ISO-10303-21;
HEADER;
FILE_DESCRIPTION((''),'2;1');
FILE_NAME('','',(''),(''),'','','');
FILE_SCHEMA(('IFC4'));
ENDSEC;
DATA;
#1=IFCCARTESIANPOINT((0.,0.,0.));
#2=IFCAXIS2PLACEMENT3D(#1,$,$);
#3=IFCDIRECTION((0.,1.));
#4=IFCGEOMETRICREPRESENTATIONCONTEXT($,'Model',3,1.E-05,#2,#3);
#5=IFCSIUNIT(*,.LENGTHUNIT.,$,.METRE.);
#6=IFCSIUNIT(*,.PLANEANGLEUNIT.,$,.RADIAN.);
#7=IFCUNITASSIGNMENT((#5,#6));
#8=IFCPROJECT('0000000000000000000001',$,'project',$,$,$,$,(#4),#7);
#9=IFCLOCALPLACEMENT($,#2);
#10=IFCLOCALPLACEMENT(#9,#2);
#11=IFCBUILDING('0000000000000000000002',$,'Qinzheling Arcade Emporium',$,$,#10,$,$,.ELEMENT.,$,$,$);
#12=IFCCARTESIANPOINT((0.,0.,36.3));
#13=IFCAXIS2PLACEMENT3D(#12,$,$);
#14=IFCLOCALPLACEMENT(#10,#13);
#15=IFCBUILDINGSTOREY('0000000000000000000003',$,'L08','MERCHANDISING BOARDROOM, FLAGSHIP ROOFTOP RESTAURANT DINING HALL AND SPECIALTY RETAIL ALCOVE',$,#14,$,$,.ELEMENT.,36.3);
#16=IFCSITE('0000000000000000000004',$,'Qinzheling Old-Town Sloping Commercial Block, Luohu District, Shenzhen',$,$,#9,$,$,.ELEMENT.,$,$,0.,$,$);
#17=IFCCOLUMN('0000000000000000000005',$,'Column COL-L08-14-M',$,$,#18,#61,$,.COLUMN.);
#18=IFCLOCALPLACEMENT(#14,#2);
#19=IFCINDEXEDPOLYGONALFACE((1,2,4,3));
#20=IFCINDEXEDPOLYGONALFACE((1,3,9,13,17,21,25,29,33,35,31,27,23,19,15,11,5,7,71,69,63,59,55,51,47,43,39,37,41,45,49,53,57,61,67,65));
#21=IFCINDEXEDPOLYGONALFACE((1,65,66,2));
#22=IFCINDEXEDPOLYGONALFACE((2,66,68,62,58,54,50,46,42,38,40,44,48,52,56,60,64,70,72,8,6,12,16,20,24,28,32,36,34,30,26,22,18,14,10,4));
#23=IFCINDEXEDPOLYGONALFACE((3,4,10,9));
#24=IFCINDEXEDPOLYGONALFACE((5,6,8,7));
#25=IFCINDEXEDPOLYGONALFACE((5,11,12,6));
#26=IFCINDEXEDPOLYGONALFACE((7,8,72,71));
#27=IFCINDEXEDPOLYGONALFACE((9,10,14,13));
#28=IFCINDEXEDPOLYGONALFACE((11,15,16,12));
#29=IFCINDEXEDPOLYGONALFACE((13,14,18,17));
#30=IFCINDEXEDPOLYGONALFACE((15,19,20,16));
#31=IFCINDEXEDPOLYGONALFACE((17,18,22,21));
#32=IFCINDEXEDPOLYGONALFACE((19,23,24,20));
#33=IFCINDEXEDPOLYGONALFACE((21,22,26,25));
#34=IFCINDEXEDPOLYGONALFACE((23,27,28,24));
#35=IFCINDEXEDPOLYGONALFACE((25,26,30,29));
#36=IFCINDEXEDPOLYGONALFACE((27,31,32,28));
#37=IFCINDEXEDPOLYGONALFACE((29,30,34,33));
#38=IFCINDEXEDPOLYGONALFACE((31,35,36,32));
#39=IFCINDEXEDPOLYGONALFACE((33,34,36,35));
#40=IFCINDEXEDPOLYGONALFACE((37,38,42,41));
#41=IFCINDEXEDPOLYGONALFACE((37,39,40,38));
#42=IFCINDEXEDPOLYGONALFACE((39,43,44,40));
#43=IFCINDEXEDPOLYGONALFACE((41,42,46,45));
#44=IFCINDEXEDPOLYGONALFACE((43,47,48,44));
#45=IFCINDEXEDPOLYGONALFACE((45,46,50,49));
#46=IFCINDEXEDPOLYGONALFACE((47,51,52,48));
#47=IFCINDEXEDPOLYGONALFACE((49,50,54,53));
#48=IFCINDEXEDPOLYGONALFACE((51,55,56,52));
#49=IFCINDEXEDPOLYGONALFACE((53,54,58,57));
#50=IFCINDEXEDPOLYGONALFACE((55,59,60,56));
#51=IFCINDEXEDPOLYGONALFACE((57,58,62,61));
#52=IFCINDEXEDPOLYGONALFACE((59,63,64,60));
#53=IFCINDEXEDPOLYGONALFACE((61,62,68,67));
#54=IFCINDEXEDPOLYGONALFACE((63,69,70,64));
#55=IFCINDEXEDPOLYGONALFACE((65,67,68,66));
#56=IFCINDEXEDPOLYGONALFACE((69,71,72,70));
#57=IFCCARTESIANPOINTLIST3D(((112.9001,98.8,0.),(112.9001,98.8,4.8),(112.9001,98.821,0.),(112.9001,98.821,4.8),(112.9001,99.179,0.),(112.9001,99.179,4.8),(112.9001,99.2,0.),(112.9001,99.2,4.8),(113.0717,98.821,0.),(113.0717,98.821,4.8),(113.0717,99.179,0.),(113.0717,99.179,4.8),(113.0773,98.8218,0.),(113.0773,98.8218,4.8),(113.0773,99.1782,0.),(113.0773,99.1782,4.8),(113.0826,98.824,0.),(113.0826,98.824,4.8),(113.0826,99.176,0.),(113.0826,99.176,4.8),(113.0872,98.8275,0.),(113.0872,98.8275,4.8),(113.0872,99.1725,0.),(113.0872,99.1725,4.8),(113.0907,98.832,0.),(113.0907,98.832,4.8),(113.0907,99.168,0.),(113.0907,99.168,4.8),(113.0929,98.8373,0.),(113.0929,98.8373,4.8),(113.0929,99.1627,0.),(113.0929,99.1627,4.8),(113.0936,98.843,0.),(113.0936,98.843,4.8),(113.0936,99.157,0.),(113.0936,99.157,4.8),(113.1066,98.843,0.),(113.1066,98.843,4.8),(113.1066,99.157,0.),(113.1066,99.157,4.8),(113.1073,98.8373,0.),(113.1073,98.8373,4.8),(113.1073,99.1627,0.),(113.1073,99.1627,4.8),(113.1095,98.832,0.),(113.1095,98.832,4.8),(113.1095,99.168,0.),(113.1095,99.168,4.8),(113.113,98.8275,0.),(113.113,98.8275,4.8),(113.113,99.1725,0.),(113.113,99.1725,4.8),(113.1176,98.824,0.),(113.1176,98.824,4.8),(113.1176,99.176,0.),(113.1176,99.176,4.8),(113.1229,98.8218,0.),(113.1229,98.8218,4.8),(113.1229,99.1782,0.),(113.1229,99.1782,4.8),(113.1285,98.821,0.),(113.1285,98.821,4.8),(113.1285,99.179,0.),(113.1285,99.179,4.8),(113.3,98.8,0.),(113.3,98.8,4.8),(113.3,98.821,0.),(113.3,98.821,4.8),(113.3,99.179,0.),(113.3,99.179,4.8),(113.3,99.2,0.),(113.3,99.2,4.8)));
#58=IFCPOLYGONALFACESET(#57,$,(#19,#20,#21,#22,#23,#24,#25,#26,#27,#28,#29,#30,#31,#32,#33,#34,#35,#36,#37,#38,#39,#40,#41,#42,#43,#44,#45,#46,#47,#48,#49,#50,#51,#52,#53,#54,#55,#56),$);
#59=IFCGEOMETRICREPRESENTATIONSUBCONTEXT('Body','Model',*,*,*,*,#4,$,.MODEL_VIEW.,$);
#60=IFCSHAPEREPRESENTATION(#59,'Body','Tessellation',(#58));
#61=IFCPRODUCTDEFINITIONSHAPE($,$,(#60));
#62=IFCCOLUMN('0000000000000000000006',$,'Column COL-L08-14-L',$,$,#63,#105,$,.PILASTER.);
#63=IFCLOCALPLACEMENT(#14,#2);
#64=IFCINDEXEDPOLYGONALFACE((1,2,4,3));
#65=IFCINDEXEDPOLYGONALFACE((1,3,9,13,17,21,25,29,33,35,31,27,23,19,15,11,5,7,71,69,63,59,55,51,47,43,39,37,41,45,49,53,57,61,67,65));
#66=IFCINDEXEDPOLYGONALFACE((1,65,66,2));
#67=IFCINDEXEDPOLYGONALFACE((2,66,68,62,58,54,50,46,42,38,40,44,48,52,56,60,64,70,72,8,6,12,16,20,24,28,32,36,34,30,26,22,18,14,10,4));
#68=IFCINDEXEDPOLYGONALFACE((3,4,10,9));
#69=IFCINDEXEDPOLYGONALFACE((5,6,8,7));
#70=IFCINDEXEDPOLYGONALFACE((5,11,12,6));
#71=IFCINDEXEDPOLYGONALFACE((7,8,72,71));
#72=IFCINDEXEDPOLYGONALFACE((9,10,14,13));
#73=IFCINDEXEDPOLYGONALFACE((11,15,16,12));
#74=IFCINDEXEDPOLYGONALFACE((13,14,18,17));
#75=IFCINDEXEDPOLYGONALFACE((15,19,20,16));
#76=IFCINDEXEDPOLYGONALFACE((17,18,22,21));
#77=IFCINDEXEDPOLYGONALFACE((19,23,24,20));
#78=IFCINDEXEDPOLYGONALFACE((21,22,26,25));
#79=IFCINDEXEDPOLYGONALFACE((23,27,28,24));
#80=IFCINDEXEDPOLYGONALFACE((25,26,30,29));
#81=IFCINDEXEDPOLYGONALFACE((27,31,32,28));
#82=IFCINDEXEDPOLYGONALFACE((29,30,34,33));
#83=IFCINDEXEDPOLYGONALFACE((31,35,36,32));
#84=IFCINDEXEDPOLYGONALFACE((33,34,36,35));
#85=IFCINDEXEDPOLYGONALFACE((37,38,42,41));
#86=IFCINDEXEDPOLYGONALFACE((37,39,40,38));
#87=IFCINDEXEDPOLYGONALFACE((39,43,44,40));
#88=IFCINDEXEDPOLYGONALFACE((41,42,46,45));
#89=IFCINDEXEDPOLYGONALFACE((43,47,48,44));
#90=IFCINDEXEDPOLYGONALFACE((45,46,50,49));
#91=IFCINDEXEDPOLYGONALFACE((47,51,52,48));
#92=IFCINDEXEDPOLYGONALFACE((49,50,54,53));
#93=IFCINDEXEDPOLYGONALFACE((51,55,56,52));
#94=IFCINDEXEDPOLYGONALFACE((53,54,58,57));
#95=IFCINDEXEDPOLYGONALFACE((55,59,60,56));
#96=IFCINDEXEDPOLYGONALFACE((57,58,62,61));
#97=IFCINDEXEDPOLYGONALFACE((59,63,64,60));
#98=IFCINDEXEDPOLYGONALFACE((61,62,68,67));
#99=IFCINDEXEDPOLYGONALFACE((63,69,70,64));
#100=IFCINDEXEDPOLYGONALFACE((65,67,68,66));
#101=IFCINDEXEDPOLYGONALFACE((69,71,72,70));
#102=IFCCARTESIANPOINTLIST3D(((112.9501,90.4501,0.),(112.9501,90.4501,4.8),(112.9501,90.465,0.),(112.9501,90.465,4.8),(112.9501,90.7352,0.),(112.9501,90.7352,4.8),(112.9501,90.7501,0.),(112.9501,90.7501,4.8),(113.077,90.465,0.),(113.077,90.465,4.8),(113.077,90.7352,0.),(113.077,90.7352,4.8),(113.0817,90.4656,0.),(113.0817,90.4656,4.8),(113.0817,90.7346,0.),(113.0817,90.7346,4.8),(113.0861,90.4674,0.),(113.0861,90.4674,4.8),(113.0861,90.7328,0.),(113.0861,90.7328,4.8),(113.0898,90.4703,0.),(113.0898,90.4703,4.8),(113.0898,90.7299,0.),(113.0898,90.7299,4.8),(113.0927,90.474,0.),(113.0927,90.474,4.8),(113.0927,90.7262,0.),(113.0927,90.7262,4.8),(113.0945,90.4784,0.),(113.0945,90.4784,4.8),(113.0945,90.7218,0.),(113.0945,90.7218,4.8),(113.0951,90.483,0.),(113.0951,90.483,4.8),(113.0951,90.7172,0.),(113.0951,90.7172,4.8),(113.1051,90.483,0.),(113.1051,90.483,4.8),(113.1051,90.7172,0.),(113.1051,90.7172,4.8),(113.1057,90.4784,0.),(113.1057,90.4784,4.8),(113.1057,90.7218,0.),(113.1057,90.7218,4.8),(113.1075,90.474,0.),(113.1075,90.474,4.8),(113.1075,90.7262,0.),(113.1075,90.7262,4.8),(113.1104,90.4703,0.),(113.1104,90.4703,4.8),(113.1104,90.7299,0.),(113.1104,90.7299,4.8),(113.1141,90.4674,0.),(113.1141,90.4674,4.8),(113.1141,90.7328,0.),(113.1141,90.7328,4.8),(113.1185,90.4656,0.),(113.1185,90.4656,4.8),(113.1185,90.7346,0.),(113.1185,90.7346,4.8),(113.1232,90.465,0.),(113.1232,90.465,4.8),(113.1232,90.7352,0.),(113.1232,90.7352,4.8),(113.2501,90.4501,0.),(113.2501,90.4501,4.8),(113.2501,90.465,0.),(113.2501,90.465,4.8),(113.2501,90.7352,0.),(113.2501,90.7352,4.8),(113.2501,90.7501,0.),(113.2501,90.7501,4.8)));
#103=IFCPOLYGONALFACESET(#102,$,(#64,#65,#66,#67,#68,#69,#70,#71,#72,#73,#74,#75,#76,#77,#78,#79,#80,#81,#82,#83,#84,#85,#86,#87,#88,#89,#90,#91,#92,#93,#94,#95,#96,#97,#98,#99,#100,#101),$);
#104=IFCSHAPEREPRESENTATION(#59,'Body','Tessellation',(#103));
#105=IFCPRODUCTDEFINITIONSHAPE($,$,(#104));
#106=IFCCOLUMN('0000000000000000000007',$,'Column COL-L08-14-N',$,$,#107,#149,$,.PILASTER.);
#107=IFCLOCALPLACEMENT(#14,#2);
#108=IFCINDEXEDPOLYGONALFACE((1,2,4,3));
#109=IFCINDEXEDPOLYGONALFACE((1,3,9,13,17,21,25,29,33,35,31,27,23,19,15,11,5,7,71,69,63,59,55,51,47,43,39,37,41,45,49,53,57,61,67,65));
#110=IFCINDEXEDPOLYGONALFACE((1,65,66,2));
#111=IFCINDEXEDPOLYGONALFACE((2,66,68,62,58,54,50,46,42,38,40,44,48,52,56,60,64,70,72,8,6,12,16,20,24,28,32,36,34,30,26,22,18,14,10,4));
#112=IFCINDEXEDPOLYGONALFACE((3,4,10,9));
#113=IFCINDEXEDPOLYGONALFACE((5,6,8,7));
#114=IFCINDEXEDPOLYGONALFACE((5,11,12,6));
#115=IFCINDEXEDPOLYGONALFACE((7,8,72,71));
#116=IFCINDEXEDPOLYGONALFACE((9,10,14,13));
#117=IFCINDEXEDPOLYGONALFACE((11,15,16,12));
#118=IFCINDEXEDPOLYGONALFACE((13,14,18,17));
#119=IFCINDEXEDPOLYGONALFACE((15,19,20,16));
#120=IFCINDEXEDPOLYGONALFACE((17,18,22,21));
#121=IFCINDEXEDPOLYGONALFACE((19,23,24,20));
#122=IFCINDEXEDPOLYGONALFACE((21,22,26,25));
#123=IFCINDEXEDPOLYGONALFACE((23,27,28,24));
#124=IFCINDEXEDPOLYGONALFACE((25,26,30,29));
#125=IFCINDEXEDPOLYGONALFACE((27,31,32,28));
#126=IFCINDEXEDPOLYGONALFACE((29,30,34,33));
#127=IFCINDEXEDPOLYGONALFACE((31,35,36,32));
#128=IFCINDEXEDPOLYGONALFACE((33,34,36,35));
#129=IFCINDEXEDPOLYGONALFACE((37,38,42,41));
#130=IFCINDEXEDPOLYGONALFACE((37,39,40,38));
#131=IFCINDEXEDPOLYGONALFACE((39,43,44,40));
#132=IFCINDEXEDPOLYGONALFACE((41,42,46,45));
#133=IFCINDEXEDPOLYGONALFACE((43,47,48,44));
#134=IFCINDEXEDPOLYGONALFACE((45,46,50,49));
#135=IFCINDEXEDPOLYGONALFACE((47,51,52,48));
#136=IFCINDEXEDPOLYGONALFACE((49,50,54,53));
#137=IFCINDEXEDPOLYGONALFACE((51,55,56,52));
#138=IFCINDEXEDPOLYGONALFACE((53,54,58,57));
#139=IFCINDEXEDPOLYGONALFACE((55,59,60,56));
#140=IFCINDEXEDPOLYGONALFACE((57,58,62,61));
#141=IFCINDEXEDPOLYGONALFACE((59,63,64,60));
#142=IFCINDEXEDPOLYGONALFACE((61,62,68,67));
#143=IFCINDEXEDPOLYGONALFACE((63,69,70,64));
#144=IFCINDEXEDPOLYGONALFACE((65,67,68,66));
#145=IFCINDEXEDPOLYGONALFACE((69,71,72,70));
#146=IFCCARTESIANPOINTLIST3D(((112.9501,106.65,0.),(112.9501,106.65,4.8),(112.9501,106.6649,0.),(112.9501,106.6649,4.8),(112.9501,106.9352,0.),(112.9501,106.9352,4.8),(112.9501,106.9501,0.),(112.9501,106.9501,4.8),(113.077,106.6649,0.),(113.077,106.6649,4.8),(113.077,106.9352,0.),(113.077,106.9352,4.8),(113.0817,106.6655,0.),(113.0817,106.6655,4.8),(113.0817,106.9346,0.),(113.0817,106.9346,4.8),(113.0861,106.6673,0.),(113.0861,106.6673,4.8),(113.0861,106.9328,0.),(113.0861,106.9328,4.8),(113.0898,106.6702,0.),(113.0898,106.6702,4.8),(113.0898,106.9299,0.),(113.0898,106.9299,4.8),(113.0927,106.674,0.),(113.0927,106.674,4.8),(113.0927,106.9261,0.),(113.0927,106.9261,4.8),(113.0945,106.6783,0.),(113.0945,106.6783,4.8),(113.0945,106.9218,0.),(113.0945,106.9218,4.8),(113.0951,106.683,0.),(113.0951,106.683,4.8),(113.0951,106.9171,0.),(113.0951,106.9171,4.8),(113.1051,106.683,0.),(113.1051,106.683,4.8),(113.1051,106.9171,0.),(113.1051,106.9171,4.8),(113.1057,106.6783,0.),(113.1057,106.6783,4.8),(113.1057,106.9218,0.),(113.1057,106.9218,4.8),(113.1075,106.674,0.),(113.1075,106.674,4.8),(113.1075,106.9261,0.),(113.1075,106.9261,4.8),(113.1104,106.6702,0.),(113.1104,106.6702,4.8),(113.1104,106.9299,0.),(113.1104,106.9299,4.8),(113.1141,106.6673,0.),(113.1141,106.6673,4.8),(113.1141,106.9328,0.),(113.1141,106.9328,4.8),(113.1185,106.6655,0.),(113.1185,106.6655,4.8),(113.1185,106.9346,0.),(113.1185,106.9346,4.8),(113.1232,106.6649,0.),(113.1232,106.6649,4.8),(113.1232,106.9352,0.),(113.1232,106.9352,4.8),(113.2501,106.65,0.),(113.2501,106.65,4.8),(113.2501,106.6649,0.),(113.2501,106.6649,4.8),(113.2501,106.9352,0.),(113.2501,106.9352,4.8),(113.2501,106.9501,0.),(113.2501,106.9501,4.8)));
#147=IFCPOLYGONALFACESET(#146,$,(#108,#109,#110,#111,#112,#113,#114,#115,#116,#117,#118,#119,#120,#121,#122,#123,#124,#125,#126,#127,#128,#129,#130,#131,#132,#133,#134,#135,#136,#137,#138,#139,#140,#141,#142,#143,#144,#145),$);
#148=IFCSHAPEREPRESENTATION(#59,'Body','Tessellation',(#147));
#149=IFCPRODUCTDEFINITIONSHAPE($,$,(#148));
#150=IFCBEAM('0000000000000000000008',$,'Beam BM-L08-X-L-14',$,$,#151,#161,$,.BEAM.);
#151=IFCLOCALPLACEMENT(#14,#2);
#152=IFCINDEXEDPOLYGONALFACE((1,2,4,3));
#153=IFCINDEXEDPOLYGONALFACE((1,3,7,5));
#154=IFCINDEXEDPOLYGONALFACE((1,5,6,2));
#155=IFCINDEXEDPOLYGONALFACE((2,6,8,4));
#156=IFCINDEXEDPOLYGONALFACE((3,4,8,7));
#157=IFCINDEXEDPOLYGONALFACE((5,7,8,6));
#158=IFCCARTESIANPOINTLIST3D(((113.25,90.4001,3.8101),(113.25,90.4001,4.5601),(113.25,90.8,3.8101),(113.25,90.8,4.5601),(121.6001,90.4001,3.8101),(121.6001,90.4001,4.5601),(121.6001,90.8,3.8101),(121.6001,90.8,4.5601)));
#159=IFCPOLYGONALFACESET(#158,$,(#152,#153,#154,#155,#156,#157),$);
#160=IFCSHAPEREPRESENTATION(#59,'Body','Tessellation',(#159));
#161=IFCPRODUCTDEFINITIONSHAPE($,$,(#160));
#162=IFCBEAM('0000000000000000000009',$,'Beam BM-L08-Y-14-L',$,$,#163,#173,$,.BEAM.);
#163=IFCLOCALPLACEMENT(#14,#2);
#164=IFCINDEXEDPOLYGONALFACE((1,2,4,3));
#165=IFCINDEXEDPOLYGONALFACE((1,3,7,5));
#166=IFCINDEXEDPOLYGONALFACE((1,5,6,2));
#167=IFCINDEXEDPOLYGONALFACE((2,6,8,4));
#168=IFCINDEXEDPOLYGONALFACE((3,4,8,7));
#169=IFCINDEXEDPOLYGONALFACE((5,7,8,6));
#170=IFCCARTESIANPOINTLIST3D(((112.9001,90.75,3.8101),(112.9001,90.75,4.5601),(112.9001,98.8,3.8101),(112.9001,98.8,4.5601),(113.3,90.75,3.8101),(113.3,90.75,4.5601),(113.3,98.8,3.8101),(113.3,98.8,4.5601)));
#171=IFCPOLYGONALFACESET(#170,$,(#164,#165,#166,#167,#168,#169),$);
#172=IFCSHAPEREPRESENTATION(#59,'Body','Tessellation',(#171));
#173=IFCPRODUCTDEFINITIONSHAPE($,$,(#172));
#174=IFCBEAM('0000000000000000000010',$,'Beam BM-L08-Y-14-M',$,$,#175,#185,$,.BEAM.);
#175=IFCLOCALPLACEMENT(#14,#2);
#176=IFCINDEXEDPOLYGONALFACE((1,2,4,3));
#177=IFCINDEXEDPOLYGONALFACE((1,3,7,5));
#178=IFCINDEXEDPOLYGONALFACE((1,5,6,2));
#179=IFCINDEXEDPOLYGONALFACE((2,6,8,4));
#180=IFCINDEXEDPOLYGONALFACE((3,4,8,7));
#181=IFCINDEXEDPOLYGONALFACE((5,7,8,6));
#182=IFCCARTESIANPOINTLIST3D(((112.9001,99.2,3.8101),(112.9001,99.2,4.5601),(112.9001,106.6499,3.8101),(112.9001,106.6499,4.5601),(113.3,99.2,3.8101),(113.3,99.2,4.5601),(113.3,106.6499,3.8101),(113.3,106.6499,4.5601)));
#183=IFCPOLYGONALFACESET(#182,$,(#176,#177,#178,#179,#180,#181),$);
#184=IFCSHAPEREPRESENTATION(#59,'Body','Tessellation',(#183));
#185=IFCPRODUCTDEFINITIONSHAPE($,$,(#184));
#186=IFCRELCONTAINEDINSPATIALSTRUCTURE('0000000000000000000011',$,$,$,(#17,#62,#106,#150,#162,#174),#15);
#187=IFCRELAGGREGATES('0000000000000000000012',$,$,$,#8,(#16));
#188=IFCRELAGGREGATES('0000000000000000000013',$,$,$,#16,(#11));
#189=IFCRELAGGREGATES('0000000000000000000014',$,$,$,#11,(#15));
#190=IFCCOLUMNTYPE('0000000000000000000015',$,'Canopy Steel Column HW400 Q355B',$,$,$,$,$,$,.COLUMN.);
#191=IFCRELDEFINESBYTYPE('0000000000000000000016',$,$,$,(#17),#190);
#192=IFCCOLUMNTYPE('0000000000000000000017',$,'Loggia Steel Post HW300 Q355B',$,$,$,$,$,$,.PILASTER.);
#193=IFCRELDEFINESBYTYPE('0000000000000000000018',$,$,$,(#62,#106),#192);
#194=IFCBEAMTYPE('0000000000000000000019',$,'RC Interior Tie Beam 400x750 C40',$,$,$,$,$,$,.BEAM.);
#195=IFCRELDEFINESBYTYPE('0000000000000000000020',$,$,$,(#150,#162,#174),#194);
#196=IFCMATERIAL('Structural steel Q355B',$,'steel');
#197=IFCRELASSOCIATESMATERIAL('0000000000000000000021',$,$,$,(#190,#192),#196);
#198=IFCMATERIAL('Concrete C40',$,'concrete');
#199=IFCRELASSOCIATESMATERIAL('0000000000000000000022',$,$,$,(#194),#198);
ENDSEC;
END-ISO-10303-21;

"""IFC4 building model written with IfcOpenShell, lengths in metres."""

from ifc_helpers import new_model, si_unit, direction, frame, origin, origin_2d, place, context, subcontext, project, spatial, rectangle, i_section, extrude, material, material_profile, profile_set, type_object, element, save


model = new_model("IFC4")

# Units and contexts
model_context = context("Model", 3, precision=1e-05, world=origin(), true_north=direction((0.0, 1.0)))
body_context = subcontext(model_context, "Body", "Model", "MODEL_VIEW")
ifc_project = project(units=[si_unit("LENGTHUNIT", "METRE"), si_unit("PLANEANGLEUNIT", "RADIAN")], contexts=[model_context])

# Site, building, storey
site_placement = place(None, origin())
site = spatial("IfcSite", under=ifc_project, at=site_placement, Name="Qinzheling Old-Town Sloping Commercial Block, Luohu District, Shenzhen", CompositionType="ELEMENT", RefElevation=0.0)
building_placement = place(site_placement, origin())
building = spatial("IfcBuilding", under=site, at=building_placement, Name="Qinzheling Arcade Emporium", CompositionType="ELEMENT")
storey_placement = place(building_placement, frame((0.0, 0.0, 36.3)))
storey = spatial("IfcBuildingStorey", under=building, at=storey_placement, Name="L08", Description="MERCHANDISING BOARDROOM, FLAGSHIP ROOFTOP RESTAURANT DINING HALL AND SPECIALTY RETAIL ALCOVE", CompositionType="ELEMENT", Elevation=36.3)

# Columns
ifc_material_1 = material(Name="Structural steel Q355B", Category="steel")
ifc_material_profile_1 = material_profile(ifc_material_1, i_section(OverallWidth=0.3999, OverallDepth=0.3999, WebThickness=0.0129, FlangeThickness=0.021, FilletRadius=0.022, at=origin_2d()), Name="HW 400x400x13x21", Category="steel")
ifc_profile_set_1 = profile_set([ifc_material_profile_1], Name="Structural steel Q355B")
column_type_1 = type_object("IfcColumnType", Name="Canopy Steel Column HW400 Q355B", PredefinedType="COLUMN", material=ifc_profile_set_1)
column_placement = place(storey_placement, frame((113.1001, 99.0, 0.0), z_axis=(0.0, 0.0, 1.0), x_axis=(1.0, 0.0, 0.0)))
element("IfcColumn", 1, at=column_placement, inside=storey, type_object=column_type_1, Name="Column COL-L08-14-M", PredefinedType="COLUMN", context=body_context, shape_type="SweptSolid", body=[
    extrude(i_section(OverallWidth=0.3999, OverallDepth=0.3999, WebThickness=0.0129, FlangeThickness=0.021, FilletRadius=0.022, at=origin_2d()), origin(), (0.0, 0.0, 1.0), 4.8),
])
ifc_material_profile_2 = material_profile(ifc_material_1, i_section(OverallWidth=0.3, OverallDepth=0.3, WebThickness=0.01, FlangeThickness=0.0149, FilletRadius=0.0181, at=origin_2d()), Name="HW 300x300x10x15", Category="steel")
ifc_profile_set_2 = profile_set([ifc_material_profile_2], Name="Structural steel Q355B")
column_type_2 = type_object("IfcColumnType", Name="Loggia Steel Post HW300 Q355B", PredefinedType="PILASTER", material=ifc_profile_set_2)
for number, where, z_axis, x_axis, name in (
    (2, (113.1001, 90.6001, 0.0), (0.0, 0.0, 1.0), (1.0, 0.0, 0.0), "Column COL-L08-14-L"),
    (3, (113.1001, 106.8, 0.0), (0.0, 0.0, 1.0), (1.0, 0.0, 0.0), "Column COL-L08-14-N"),
):
    element("IfcColumn", number, at=place(storey_placement, frame(where, z_axis=z_axis, x_axis=x_axis)), inside=storey, type_object=column_type_2, Name=name, PredefinedType="PILASTER", context=body_context, shape_type="SweptSolid", body=[
        extrude(i_section(OverallWidth=0.3, OverallDepth=0.3, WebThickness=0.01, FlangeThickness=0.0149, FilletRadius=0.0181, at=origin_2d()), origin(), (0.0, 0.0, 1.0), 4.8),
    ])

# Beams
ifc_material_2 = material(Name="Concrete C40", Category="concrete")
ifc_material_profile_3 = material_profile(ifc_material_2, rectangle(XDim=0.3999, YDim=0.75, at=origin_2d()), Name="RC 400x750", Category="concrete")
ifc_profile_set_3 = profile_set([ifc_material_profile_3], Name="Concrete C40")
beam_type = type_object("IfcBeamType", Name="RC Interior Tie Beam 400x750 C40", PredefinedType="BEAM", material=ifc_profile_set_3)
beam_1_placement = place(storey_placement, frame((113.25, 90.6001, 4.1851), z_axis=(1.0, 0.0, 0.0), x_axis=(0.0, 1.0, 0.0)))
element("IfcBeam", 4, at=beam_1_placement, inside=storey, type_object=beam_type, Name="Beam BM-L08-X-L-14", PredefinedType="BEAM", context=body_context, shape_type="SweptSolid", body=[
    extrude(rectangle(XDim=0.3999, YDim=0.75, at=origin_2d()), origin(), (0.0, 0.0, 1.0), 8.3501),
])
beam_2_placement = place(storey_placement, frame((113.1001, 90.75, 4.1851), z_axis=(0.0, 1.0, 0.0), x_axis=(-1.0, 0.0, 0.0)))
element("IfcBeam", 5, at=beam_2_placement, inside=storey, type_object=beam_type, Name="Beam BM-L08-Y-14-L", PredefinedType="BEAM", context=body_context, shape_type="SweptSolid", body=[
    extrude(rectangle(XDim=0.3999, YDim=0.75, at=origin_2d()), origin(), (0.0, 0.0, 1.0), 8.05),
])
beam_3_placement = place(storey_placement, frame((113.1001, 99.2, 4.1851), z_axis=(0.0, 1.0, 0.0), x_axis=(-1.0, 0.0, 0.0)))
element("IfcBeam", 6, at=beam_3_placement, inside=storey, type_object=beam_type, Name="Beam BM-L08-Y-14-M", PredefinedType="BEAM", context=body_context, shape_type="SweptSolid", body=[
    extrude(rectangle(XDim=0.3999, YDim=0.75, at=origin_2d()), origin(), (0.0, 0.0, 1.0), 7.45),
])

save(model, "model.ifc")
